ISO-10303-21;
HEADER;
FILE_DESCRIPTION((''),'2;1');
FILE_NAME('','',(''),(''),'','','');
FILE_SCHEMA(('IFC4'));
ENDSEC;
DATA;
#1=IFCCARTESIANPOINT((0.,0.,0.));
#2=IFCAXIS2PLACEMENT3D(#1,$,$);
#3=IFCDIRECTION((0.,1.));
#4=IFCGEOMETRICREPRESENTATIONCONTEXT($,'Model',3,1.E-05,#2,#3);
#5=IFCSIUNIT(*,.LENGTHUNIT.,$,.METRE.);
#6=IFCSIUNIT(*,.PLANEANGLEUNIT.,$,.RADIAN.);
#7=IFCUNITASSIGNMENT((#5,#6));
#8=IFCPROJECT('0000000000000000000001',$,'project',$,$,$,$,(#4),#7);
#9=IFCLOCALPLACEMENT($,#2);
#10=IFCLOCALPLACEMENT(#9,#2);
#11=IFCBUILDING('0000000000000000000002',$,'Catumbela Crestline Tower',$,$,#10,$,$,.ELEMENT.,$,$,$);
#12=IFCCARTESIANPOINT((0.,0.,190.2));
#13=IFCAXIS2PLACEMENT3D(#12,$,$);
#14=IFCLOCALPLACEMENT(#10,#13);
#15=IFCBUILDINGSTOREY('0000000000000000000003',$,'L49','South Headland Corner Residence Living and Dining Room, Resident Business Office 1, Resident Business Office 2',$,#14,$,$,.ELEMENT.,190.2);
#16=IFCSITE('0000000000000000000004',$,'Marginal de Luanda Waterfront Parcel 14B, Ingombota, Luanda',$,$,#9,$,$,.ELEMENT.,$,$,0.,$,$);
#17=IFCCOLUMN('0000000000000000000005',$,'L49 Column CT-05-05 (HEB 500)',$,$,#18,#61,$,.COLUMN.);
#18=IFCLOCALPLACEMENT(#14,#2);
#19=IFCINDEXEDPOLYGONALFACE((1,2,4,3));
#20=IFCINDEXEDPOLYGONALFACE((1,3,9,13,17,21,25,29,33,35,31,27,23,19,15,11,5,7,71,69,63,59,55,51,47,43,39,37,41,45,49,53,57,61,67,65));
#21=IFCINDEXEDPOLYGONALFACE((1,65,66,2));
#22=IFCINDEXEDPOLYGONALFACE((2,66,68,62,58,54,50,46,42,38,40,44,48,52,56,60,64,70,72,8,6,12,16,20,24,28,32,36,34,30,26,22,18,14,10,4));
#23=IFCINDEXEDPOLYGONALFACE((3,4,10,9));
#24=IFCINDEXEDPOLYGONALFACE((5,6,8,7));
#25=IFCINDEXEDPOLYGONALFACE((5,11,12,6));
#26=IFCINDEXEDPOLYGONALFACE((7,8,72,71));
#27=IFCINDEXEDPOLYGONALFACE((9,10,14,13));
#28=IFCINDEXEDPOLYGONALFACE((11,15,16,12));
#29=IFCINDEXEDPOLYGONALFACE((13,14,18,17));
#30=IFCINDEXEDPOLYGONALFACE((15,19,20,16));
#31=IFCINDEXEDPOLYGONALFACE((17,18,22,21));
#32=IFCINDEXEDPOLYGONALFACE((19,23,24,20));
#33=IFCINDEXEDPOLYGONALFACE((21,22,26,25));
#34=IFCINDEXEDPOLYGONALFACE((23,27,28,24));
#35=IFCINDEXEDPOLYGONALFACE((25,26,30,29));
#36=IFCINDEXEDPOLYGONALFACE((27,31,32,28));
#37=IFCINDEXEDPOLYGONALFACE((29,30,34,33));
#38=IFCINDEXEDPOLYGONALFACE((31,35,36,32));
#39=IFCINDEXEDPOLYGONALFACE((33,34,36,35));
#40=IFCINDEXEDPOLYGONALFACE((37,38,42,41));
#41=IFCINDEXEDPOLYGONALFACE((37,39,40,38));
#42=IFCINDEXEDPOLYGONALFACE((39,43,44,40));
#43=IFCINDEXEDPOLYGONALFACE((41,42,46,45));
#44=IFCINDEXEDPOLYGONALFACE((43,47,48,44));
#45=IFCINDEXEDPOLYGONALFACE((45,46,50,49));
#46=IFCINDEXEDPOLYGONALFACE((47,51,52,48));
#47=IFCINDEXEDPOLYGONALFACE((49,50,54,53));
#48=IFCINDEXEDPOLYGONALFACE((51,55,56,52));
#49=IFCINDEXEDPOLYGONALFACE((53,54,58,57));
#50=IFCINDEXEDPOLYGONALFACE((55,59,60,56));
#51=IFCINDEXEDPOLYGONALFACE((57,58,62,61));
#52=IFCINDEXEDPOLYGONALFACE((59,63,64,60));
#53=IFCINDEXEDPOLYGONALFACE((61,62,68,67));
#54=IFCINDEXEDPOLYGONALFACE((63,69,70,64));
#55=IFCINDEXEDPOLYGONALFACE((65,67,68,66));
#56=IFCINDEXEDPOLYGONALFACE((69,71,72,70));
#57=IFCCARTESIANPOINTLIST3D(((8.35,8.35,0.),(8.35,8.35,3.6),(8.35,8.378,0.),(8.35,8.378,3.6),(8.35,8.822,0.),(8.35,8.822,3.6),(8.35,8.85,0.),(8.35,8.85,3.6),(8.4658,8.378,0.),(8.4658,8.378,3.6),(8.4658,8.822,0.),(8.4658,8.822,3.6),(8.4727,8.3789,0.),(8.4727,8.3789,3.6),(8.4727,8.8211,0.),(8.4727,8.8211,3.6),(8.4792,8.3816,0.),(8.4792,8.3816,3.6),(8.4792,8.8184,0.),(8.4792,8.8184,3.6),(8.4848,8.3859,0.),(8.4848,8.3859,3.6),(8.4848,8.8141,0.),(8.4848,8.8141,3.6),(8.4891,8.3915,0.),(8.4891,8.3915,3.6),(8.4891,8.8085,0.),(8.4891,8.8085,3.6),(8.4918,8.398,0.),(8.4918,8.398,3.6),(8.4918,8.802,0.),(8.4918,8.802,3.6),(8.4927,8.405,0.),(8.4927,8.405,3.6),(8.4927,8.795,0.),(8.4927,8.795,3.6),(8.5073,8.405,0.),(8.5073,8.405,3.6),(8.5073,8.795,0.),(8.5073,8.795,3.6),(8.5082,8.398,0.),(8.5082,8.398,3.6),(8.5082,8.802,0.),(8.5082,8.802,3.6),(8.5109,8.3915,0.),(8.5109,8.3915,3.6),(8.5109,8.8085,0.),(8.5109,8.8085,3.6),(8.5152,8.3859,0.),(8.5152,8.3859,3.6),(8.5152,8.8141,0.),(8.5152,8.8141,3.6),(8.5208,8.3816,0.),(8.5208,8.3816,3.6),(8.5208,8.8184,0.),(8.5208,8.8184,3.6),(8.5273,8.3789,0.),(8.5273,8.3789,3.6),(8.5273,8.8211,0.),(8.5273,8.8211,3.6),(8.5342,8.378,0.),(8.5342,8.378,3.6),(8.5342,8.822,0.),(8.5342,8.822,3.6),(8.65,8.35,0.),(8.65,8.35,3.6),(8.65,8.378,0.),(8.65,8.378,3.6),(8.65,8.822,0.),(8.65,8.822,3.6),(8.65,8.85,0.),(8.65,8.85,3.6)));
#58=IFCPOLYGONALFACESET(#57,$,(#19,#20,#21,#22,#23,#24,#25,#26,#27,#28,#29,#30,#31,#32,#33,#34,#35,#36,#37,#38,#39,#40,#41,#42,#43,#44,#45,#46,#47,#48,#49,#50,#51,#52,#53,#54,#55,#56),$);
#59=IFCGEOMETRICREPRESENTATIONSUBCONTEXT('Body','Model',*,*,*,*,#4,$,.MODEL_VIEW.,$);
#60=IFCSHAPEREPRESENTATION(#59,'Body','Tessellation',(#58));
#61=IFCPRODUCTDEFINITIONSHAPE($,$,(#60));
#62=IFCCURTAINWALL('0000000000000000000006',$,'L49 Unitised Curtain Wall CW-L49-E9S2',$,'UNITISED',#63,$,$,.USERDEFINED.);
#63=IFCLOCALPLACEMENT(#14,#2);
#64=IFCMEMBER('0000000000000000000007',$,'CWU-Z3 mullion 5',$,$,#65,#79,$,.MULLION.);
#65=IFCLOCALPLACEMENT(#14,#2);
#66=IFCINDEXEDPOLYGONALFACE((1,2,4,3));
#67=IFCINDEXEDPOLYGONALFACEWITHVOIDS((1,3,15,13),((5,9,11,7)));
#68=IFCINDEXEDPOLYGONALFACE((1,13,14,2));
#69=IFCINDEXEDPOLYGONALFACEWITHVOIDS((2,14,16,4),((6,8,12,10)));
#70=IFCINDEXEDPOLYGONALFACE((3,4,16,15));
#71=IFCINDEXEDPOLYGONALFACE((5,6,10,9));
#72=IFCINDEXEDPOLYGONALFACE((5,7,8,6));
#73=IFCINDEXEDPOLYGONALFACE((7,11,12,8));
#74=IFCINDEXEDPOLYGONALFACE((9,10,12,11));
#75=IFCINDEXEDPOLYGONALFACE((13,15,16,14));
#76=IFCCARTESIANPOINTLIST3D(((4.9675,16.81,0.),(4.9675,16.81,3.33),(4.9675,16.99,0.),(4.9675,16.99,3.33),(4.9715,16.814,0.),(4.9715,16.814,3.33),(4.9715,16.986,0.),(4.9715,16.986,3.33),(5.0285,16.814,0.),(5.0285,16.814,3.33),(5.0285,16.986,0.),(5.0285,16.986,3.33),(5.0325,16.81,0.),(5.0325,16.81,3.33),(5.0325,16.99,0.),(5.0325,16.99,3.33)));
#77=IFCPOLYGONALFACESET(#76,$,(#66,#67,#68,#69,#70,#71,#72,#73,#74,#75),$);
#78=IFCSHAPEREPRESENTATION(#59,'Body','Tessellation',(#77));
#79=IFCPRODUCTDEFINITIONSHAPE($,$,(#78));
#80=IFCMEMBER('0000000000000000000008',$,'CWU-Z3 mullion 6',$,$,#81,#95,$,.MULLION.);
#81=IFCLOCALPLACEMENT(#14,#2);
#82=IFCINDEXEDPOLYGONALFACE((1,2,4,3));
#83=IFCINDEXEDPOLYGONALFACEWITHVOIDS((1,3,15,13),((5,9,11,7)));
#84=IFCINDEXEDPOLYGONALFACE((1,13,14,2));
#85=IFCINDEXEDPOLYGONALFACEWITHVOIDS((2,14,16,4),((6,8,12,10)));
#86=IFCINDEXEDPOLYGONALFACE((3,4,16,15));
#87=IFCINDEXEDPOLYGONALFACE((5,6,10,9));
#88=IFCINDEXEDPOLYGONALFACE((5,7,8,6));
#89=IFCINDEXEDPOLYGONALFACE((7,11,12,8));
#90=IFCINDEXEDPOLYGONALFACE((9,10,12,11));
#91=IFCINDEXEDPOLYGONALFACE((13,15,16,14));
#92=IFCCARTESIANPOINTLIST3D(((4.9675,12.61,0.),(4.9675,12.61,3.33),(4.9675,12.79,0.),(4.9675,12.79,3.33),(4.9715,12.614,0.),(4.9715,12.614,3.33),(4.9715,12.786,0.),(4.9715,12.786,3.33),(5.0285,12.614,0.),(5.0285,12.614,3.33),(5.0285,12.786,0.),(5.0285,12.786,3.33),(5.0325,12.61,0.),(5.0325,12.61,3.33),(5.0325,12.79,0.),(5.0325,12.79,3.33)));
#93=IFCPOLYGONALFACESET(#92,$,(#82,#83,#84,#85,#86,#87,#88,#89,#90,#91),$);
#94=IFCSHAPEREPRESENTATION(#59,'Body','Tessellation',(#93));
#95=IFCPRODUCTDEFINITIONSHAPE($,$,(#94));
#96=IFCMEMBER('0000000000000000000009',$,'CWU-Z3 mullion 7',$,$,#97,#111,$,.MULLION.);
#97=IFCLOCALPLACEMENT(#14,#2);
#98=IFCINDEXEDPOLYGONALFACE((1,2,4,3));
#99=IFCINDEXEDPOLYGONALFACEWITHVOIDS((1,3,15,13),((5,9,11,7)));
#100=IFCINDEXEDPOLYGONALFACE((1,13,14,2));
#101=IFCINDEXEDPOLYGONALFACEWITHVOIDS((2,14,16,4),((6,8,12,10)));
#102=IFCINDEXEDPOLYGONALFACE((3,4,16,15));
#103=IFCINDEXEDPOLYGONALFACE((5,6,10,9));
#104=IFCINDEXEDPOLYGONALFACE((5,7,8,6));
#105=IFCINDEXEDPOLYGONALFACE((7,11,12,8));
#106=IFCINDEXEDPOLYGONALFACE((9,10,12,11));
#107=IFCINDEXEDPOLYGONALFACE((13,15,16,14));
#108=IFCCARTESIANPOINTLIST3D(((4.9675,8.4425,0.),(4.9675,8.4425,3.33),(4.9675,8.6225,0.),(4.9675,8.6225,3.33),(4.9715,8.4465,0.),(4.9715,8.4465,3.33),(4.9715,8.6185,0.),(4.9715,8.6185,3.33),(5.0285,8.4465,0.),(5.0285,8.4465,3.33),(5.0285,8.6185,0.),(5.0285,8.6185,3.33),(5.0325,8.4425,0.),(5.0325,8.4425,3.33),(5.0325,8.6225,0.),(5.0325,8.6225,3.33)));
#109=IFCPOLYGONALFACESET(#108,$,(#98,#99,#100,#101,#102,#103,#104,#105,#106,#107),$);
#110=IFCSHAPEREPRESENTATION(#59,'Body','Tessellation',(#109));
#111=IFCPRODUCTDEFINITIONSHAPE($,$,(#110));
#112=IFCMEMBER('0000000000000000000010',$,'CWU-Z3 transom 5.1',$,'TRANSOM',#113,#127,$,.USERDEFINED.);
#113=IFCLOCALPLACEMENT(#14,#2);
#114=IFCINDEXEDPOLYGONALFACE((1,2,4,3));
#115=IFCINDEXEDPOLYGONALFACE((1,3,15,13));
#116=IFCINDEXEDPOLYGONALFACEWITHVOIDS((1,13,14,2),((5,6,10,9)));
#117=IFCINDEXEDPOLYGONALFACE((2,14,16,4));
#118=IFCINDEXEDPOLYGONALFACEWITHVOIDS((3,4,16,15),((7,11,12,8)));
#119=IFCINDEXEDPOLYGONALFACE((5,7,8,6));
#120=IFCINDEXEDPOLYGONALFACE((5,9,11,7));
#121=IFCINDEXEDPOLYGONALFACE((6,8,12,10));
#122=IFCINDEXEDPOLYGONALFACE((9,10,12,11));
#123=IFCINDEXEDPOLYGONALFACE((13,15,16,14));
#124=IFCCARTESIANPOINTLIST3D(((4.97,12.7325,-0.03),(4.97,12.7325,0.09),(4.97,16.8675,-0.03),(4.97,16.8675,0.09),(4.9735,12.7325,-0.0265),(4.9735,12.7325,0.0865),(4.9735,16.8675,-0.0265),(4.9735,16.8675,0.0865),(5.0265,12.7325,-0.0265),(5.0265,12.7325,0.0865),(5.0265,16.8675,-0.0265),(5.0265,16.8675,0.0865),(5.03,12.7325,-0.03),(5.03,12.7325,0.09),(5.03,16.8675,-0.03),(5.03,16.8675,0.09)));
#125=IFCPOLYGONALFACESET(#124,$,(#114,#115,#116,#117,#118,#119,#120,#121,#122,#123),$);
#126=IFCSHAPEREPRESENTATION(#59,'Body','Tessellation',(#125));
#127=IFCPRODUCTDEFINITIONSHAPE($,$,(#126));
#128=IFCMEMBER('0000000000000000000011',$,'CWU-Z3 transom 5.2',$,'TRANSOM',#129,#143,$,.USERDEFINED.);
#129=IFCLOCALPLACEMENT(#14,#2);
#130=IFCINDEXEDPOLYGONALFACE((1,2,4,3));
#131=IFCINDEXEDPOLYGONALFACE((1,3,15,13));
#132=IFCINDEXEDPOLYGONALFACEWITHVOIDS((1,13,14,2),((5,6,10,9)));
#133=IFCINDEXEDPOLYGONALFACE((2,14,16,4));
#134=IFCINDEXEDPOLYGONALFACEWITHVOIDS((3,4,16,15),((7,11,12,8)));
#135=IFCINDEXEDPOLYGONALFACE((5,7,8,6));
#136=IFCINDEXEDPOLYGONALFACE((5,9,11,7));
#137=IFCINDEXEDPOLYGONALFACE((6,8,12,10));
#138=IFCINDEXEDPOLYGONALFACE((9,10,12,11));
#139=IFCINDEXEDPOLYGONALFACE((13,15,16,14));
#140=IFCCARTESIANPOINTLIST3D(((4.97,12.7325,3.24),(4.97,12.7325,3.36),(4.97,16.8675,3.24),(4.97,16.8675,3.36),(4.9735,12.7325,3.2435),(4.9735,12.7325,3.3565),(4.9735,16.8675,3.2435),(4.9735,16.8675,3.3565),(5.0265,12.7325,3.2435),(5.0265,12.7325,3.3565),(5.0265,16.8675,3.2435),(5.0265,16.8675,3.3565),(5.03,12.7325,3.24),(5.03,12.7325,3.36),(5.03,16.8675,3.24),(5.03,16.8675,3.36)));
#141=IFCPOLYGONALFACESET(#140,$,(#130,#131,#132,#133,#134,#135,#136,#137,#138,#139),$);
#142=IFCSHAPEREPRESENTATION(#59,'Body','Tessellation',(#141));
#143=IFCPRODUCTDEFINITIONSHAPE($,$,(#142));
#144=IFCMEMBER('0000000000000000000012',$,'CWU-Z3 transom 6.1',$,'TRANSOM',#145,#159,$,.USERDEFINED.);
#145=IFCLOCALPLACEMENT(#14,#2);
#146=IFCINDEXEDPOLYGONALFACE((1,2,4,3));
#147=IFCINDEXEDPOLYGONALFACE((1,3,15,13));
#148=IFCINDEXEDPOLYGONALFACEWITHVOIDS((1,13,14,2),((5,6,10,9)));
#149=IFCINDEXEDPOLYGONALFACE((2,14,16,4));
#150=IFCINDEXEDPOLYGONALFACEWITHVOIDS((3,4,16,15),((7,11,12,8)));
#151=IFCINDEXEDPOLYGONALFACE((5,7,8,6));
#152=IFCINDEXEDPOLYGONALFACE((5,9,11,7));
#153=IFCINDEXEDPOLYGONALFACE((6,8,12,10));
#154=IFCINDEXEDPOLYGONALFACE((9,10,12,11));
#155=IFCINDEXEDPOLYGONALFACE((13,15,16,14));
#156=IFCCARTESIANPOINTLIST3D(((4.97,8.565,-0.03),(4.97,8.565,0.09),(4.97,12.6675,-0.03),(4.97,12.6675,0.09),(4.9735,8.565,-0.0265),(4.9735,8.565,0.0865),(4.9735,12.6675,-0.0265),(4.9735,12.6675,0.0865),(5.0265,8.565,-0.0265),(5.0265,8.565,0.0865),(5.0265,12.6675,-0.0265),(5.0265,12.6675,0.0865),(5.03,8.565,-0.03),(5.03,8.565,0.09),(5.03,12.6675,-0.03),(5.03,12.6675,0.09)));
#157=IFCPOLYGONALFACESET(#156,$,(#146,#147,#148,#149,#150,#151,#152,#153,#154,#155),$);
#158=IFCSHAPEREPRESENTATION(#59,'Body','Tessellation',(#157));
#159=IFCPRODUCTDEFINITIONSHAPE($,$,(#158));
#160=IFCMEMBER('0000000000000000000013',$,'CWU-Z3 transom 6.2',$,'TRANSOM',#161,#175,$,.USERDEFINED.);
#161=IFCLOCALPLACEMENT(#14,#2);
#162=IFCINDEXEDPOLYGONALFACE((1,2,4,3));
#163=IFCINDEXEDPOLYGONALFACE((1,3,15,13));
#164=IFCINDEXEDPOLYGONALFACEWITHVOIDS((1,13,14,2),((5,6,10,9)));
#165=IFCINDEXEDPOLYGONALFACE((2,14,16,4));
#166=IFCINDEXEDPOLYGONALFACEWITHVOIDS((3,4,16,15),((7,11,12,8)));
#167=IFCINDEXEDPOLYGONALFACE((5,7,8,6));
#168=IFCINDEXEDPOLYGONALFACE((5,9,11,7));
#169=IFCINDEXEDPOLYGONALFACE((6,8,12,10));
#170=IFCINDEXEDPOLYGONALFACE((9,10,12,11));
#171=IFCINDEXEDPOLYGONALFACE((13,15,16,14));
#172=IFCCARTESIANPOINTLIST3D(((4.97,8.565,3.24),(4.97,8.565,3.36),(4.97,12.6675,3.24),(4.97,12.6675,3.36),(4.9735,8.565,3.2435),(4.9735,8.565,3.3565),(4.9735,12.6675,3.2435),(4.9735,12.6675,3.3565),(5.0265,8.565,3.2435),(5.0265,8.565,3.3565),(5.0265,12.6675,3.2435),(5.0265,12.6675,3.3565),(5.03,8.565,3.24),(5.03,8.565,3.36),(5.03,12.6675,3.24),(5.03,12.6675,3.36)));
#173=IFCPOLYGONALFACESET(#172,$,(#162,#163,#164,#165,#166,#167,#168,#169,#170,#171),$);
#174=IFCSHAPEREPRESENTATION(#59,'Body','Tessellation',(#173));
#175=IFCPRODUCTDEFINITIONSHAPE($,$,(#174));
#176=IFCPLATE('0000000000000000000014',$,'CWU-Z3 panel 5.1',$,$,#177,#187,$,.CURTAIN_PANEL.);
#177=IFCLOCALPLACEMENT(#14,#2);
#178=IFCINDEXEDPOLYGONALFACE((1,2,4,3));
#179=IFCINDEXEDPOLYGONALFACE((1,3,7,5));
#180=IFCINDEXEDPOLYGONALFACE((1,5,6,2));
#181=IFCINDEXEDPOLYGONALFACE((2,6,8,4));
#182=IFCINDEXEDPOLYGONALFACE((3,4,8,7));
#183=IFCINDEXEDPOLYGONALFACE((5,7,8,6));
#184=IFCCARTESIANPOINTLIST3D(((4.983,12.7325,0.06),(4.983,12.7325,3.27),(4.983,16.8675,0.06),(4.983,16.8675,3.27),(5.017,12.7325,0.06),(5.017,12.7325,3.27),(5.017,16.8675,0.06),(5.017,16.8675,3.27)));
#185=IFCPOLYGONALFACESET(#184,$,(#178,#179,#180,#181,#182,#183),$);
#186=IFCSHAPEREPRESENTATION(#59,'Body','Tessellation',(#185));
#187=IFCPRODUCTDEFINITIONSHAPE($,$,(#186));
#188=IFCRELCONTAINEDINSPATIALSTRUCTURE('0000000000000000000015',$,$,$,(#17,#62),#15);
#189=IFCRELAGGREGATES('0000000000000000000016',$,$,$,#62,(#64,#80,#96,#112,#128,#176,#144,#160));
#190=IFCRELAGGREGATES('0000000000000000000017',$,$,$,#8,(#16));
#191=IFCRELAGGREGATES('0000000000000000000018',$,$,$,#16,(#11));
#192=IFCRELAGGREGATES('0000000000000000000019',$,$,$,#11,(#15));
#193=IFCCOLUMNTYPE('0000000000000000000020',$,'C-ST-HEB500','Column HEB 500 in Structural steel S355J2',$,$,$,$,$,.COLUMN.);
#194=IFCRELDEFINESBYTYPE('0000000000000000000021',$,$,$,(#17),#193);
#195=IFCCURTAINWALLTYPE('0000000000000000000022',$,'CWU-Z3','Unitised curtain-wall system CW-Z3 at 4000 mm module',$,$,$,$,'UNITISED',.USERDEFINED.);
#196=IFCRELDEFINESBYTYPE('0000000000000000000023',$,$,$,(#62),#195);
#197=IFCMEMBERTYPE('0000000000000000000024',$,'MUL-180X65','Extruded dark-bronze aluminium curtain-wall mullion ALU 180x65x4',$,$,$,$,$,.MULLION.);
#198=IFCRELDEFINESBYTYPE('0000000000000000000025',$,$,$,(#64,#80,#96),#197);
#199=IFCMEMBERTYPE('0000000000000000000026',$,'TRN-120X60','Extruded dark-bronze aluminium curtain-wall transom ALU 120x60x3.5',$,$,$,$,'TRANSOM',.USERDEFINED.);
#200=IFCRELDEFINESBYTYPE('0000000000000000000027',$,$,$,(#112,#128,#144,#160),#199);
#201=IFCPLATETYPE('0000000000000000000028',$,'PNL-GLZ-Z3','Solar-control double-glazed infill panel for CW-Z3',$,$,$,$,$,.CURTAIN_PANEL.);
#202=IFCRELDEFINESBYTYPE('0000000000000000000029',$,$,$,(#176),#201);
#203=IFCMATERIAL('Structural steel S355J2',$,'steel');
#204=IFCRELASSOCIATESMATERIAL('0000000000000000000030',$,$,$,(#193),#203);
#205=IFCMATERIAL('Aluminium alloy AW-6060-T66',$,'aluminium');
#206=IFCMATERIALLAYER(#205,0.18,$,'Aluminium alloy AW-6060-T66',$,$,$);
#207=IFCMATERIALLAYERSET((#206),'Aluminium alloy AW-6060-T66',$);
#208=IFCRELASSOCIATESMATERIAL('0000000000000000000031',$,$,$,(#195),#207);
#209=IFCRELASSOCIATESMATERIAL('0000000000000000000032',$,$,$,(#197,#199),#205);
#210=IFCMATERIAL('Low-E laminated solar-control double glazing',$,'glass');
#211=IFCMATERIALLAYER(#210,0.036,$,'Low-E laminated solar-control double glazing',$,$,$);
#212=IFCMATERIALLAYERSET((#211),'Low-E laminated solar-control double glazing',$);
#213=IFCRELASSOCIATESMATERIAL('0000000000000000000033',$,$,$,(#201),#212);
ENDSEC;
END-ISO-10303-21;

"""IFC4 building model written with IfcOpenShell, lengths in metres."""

from ifc_helpers import new_model, si_unit, direction, frame, origin, origin_2d, place, context, subcontext, project, spatial, rectangle, hollow_rectangle, i_section, extrude, material, layer, layer_set, material_profile, profile_set, type_object, element, aggregate, save


model = new_model("IFC4")

# Units and contexts
model_context = context("Model", 3, precision=1e-05, world=origin(), true_north=direction((0.0, 1.0)))
body_context = subcontext(model_context, "Body", "Model", "MODEL_VIEW")
ifc_project = project(units=[si_unit("LENGTHUNIT", "METRE"), si_unit("PLANEANGLEUNIT", "RADIAN")], contexts=[model_context])

# Site, building, storey
site_placement = place(None, origin())
site = spatial("IfcSite", under=ifc_project, at=site_placement, Name="Marginal de Luanda Waterfront Parcel 14B, Ingombota, Luanda", CompositionType="ELEMENT", RefElevation=0.0)
building_placement = place(site_placement, origin())
building = spatial("IfcBuilding", under=site, at=building_placement, Name="Catumbela Crestline Tower", CompositionType="ELEMENT")
storey_placement = place(building_placement, frame((0.0, 0.0, 190.2)))
storey = spatial("IfcBuildingStorey", under=building, at=storey_placement, Name="L49", Description="South Headland Corner Residence Living and Dining Room, Resident Business Office 1, Resident Business Office 2", CompositionType="ELEMENT", Elevation=190.2)

# Column
ifc_material_1 = material(Name="Structural steel S355J2", Category="steel")
ifc_material_profile_1 = material_profile(ifc_material_1, i_section(OverallWidth=0.3, OverallDepth=0.5, WebThickness=0.0145, FlangeThickness=0.028, FilletRadius=0.027, at=origin_2d()), Name="HEB 500")
ifc_profile_set_1 = profile_set([ifc_material_profile_1], Name="Structural steel S355J2")
column_type = type_object("IfcColumnType", Name="C-ST-HEB500", Description="Column HEB 500 in Structural steel S355J2", PredefinedType="COLUMN", material=ifc_profile_set_1)
column_placement = place(storey_placement, frame((8.5, 8.6, 0.0), z_axis=(0.0, 0.0, 1.0), x_axis=(1.0, 0.0, 0.0)))
element("IfcColumn", 1, at=column_placement, inside=storey, type_object=column_type, Name="L49 Column CT-05-05 (HEB 500)", PredefinedType="COLUMN", context=body_context, shape_type="SweptSolid", body=[
    extrude(i_section(OverallWidth=0.3, OverallDepth=0.5, WebThickness=0.0145, FlangeThickness=0.028, FilletRadius=0.027, at=origin_2d()), origin(), (0.0, 0.0, 1.0), 3.6),
])

# Curtain wall, members, plate
ifc_material_2 = material(Name="Aluminium alloy AW-6060-T66", Category="aluminium")
ifc_layer_1 = layer(ifc_material_2, 0.18, Name="Aluminium alloy AW-6060-T66")
ifc_layer_set_1 = layer_set([ifc_layer_1], Name="Aluminium alloy AW-6060-T66")
curtain_wall_type = type_object("IfcCurtainWallType", Name="CWU-Z3", Description="Unitised curtain-wall system CW-Z3 at 4000 mm module", ElementType="UNITISED", PredefinedType="USERDEFINED", material=ifc_layer_set_1)
curtain_wall_placement = place(storey_placement, origin())
curtain_wall = element("IfcCurtainWall", 2, at=curtain_wall_placement, inside=storey, type_object=curtain_wall_type, Name="L49 Unitised Curtain Wall CW-L49-E9S2", ObjectType="UNITISED", PredefinedType="USERDEFINED")
ifc_material_profile_2 = material_profile(ifc_material_2, hollow_rectangle(XDim=0.065, YDim=0.18, WallThickness=0.004, at=origin_2d()), Name="ALU 180x65x4")
ifc_profile_set_2 = profile_set([ifc_material_profile_2], Name="Aluminium alloy AW-6060-T66")
member_type_1 = type_object("IfcMemberType", Name="MUL-180X65", Description="Extruded dark-bronze aluminium curtain-wall mullion ALU 180x65x4", PredefinedType="MULLION", material=ifc_profile_set_2)
member_1_placement = place(storey_placement, frame((5.0, 16.9, 0.0), z_axis=(0.0, 0.0, 1.0), x_axis=(1.0, 0.0, 0.0)))
member_1 = element("IfcMember", 3, at=member_1_placement, type_object=member_type_1, Name="CWU-Z3 mullion 5", PredefinedType="MULLION", context=body_context, shape_type="SweptSolid", body=[
    extrude(hollow_rectangle(XDim=0.065, YDim=0.18, WallThickness=0.004, at=origin_2d()), origin(), (0.0, 0.0, 1.0), 3.33),
])
member_2_placement = place(storey_placement, frame((5.0, 12.7, 0.0), z_axis=(0.0, 0.0, 1.0), x_axis=(1.0, 0.0, 0.0)))
member_2 = element("IfcMember", 4, at=member_2_placement, type_object=member_type_1, Name="CWU-Z3 mullion 6", PredefinedType="MULLION", context=body_context, shape_type="SweptSolid", body=[
    extrude(hollow_rectangle(XDim=0.065, YDim=0.18, WallThickness=0.004, at=origin_2d()), origin(), (0.0, 0.0, 1.0), 3.33),
])
member_3_placement = place(storey_placement, frame((5.0, 8.5325, 0.0), z_axis=(0.0, 0.0, 1.0), x_axis=(1.0, 0.0, 0.0)))
member_3 = element("IfcMember", 5, at=member_3_placement, type_object=member_type_1, Name="CWU-Z3 mullion 7", PredefinedType="MULLION", context=body_context, shape_type="SweptSolid", body=[
    extrude(hollow_rectangle(XDim=0.065, YDim=0.18, WallThickness=0.004, at=origin_2d()), origin(), (0.0, 0.0, 1.0), 3.33),
])
ifc_material_profile_3 = material_profile(ifc_material_2, hollow_rectangle(XDim=0.06, YDim=0.12, WallThickness=0.0035, at=origin_2d()), Name="ALU 120x60x3.5")
ifc_profile_set_3 = profile_set([ifc_material_profile_3], Name="Aluminium alloy AW-6060-T66")
member_type_2 = type_object("IfcMemberType", Name="TRN-120X60", Description="Extruded dark-bronze aluminium curtain-wall transom ALU 120x60x3.5", ElementType="TRANSOM", PredefinedType="USERDEFINED", material=ifc_profile_set_3)
member_4_placement = place(storey_placement, frame((5.0, 16.8675, 0.03), z_axis=(0.0, -1.0, 0.0), x_axis=(1.0, 0.0, 0.0)))
member_4 = element("IfcMember", 6, at=member_4_placement, type_object=member_type_2, Name="CWU-Z3 transom 5.1", ObjectType="TRANSOM", PredefinedType="USERDEFINED", context=body_context, shape_type="SweptSolid", body=[
    extrude(hollow_rectangle(XDim=0.06, YDim=0.12, WallThickness=0.0035, at=origin_2d()), origin(), (0.0, 0.0, 1.0), 4.135),
])
member_5_placement = place(storey_placement, frame((5.0, 16.8675, 3.3), z_axis=(0.0, -1.0, 0.0), x_axis=(1.0, 0.0, 0.0)))
member_5 = element("IfcMember", 7, at=member_5_placement, type_object=member_type_2, Name="CWU-Z3 transom 5.2", ObjectType="TRANSOM", PredefinedType="USERDEFINED", context=body_context, shape_type="SweptSolid", body=[
    extrude(hollow_rectangle(XDim=0.06, YDim=0.12, WallThickness=0.0035, at=origin_2d()), origin(), (0.0, 0.0, 1.0), 4.135),
])
member_6_placement = place(storey_placement, frame((5.0, 12.6675, 0.03), z_axis=(0.0, -1.0, 0.0), x_axis=(1.0, 0.0, 0.0)))
member_6 = element("IfcMember", 8, at=member_6_placement, type_object=member_type_2, Name="CWU-Z3 transom 6.1", ObjectType="TRANSOM", PredefinedType="USERDEFINED", context=body_context, shape_type="SweptSolid", body=[
    extrude(hollow_rectangle(XDim=0.06, YDim=0.12, WallThickness=0.0035, at=origin_2d()), origin(), (0.0, 0.0, 1.0), 4.1025),
])
member_7_placement = place(storey_placement, frame((5.0, 12.6675, 3.3), z_axis=(0.0, -1.0, 0.0), x_axis=(1.0, 0.0, 0.0)))
member_7 = element("IfcMember", 9, at=member_7_placement, type_object=member_type_2, Name="CWU-Z3 transom 6.2", ObjectType="TRANSOM", PredefinedType="USERDEFINED", context=body_context, shape_type="SweptSolid", body=[
    extrude(hollow_rectangle(XDim=0.06, YDim=0.12, WallThickness=0.0035, at=origin_2d()), origin(), (0.0, 0.0, 1.0), 4.1025),
])
ifc_material_3 = material(Name="Low-E laminated solar-control double glazing", Category="glass")
ifc_layer_2 = layer(ifc_material_3, 0.036, Name="Low-E laminated solar-control double glazing")
ifc_layer_set_2 = layer_set([ifc_layer_2], Name="Low-E laminated solar-control double glazing")
plate_type = type_object("IfcPlateType", Name="PNL-GLZ-Z3", Description="Solar-control double-glazed infill panel for CW-Z3", PredefinedType="CURTAIN_PANEL", material=ifc_layer_set_2)
plate_1_placement = place(storey_placement, frame((5.0, 14.8, 0.06), z_axis=(0.0, 0.0, 1.0), x_axis=(0.0, -1.0, 0.0)))
plate_1 = element("IfcPlate", 10, at=plate_1_placement, type_object=plate_type, Name="CWU-Z3 panel 5.1", PredefinedType="CURTAIN_PANEL", context=body_context, shape_type="SweptSolid", body=[
    extrude(rectangle(XDim=4.135, YDim=0.034, at=origin_2d()), origin(), (0.0, 0.0, 1.0), 3.21),
])
aggregate(curtain_wall, [member_1, member_2, member_3, member_4, member_5, plate_1, member_6, member_7])

save(model, "model.ifc")
